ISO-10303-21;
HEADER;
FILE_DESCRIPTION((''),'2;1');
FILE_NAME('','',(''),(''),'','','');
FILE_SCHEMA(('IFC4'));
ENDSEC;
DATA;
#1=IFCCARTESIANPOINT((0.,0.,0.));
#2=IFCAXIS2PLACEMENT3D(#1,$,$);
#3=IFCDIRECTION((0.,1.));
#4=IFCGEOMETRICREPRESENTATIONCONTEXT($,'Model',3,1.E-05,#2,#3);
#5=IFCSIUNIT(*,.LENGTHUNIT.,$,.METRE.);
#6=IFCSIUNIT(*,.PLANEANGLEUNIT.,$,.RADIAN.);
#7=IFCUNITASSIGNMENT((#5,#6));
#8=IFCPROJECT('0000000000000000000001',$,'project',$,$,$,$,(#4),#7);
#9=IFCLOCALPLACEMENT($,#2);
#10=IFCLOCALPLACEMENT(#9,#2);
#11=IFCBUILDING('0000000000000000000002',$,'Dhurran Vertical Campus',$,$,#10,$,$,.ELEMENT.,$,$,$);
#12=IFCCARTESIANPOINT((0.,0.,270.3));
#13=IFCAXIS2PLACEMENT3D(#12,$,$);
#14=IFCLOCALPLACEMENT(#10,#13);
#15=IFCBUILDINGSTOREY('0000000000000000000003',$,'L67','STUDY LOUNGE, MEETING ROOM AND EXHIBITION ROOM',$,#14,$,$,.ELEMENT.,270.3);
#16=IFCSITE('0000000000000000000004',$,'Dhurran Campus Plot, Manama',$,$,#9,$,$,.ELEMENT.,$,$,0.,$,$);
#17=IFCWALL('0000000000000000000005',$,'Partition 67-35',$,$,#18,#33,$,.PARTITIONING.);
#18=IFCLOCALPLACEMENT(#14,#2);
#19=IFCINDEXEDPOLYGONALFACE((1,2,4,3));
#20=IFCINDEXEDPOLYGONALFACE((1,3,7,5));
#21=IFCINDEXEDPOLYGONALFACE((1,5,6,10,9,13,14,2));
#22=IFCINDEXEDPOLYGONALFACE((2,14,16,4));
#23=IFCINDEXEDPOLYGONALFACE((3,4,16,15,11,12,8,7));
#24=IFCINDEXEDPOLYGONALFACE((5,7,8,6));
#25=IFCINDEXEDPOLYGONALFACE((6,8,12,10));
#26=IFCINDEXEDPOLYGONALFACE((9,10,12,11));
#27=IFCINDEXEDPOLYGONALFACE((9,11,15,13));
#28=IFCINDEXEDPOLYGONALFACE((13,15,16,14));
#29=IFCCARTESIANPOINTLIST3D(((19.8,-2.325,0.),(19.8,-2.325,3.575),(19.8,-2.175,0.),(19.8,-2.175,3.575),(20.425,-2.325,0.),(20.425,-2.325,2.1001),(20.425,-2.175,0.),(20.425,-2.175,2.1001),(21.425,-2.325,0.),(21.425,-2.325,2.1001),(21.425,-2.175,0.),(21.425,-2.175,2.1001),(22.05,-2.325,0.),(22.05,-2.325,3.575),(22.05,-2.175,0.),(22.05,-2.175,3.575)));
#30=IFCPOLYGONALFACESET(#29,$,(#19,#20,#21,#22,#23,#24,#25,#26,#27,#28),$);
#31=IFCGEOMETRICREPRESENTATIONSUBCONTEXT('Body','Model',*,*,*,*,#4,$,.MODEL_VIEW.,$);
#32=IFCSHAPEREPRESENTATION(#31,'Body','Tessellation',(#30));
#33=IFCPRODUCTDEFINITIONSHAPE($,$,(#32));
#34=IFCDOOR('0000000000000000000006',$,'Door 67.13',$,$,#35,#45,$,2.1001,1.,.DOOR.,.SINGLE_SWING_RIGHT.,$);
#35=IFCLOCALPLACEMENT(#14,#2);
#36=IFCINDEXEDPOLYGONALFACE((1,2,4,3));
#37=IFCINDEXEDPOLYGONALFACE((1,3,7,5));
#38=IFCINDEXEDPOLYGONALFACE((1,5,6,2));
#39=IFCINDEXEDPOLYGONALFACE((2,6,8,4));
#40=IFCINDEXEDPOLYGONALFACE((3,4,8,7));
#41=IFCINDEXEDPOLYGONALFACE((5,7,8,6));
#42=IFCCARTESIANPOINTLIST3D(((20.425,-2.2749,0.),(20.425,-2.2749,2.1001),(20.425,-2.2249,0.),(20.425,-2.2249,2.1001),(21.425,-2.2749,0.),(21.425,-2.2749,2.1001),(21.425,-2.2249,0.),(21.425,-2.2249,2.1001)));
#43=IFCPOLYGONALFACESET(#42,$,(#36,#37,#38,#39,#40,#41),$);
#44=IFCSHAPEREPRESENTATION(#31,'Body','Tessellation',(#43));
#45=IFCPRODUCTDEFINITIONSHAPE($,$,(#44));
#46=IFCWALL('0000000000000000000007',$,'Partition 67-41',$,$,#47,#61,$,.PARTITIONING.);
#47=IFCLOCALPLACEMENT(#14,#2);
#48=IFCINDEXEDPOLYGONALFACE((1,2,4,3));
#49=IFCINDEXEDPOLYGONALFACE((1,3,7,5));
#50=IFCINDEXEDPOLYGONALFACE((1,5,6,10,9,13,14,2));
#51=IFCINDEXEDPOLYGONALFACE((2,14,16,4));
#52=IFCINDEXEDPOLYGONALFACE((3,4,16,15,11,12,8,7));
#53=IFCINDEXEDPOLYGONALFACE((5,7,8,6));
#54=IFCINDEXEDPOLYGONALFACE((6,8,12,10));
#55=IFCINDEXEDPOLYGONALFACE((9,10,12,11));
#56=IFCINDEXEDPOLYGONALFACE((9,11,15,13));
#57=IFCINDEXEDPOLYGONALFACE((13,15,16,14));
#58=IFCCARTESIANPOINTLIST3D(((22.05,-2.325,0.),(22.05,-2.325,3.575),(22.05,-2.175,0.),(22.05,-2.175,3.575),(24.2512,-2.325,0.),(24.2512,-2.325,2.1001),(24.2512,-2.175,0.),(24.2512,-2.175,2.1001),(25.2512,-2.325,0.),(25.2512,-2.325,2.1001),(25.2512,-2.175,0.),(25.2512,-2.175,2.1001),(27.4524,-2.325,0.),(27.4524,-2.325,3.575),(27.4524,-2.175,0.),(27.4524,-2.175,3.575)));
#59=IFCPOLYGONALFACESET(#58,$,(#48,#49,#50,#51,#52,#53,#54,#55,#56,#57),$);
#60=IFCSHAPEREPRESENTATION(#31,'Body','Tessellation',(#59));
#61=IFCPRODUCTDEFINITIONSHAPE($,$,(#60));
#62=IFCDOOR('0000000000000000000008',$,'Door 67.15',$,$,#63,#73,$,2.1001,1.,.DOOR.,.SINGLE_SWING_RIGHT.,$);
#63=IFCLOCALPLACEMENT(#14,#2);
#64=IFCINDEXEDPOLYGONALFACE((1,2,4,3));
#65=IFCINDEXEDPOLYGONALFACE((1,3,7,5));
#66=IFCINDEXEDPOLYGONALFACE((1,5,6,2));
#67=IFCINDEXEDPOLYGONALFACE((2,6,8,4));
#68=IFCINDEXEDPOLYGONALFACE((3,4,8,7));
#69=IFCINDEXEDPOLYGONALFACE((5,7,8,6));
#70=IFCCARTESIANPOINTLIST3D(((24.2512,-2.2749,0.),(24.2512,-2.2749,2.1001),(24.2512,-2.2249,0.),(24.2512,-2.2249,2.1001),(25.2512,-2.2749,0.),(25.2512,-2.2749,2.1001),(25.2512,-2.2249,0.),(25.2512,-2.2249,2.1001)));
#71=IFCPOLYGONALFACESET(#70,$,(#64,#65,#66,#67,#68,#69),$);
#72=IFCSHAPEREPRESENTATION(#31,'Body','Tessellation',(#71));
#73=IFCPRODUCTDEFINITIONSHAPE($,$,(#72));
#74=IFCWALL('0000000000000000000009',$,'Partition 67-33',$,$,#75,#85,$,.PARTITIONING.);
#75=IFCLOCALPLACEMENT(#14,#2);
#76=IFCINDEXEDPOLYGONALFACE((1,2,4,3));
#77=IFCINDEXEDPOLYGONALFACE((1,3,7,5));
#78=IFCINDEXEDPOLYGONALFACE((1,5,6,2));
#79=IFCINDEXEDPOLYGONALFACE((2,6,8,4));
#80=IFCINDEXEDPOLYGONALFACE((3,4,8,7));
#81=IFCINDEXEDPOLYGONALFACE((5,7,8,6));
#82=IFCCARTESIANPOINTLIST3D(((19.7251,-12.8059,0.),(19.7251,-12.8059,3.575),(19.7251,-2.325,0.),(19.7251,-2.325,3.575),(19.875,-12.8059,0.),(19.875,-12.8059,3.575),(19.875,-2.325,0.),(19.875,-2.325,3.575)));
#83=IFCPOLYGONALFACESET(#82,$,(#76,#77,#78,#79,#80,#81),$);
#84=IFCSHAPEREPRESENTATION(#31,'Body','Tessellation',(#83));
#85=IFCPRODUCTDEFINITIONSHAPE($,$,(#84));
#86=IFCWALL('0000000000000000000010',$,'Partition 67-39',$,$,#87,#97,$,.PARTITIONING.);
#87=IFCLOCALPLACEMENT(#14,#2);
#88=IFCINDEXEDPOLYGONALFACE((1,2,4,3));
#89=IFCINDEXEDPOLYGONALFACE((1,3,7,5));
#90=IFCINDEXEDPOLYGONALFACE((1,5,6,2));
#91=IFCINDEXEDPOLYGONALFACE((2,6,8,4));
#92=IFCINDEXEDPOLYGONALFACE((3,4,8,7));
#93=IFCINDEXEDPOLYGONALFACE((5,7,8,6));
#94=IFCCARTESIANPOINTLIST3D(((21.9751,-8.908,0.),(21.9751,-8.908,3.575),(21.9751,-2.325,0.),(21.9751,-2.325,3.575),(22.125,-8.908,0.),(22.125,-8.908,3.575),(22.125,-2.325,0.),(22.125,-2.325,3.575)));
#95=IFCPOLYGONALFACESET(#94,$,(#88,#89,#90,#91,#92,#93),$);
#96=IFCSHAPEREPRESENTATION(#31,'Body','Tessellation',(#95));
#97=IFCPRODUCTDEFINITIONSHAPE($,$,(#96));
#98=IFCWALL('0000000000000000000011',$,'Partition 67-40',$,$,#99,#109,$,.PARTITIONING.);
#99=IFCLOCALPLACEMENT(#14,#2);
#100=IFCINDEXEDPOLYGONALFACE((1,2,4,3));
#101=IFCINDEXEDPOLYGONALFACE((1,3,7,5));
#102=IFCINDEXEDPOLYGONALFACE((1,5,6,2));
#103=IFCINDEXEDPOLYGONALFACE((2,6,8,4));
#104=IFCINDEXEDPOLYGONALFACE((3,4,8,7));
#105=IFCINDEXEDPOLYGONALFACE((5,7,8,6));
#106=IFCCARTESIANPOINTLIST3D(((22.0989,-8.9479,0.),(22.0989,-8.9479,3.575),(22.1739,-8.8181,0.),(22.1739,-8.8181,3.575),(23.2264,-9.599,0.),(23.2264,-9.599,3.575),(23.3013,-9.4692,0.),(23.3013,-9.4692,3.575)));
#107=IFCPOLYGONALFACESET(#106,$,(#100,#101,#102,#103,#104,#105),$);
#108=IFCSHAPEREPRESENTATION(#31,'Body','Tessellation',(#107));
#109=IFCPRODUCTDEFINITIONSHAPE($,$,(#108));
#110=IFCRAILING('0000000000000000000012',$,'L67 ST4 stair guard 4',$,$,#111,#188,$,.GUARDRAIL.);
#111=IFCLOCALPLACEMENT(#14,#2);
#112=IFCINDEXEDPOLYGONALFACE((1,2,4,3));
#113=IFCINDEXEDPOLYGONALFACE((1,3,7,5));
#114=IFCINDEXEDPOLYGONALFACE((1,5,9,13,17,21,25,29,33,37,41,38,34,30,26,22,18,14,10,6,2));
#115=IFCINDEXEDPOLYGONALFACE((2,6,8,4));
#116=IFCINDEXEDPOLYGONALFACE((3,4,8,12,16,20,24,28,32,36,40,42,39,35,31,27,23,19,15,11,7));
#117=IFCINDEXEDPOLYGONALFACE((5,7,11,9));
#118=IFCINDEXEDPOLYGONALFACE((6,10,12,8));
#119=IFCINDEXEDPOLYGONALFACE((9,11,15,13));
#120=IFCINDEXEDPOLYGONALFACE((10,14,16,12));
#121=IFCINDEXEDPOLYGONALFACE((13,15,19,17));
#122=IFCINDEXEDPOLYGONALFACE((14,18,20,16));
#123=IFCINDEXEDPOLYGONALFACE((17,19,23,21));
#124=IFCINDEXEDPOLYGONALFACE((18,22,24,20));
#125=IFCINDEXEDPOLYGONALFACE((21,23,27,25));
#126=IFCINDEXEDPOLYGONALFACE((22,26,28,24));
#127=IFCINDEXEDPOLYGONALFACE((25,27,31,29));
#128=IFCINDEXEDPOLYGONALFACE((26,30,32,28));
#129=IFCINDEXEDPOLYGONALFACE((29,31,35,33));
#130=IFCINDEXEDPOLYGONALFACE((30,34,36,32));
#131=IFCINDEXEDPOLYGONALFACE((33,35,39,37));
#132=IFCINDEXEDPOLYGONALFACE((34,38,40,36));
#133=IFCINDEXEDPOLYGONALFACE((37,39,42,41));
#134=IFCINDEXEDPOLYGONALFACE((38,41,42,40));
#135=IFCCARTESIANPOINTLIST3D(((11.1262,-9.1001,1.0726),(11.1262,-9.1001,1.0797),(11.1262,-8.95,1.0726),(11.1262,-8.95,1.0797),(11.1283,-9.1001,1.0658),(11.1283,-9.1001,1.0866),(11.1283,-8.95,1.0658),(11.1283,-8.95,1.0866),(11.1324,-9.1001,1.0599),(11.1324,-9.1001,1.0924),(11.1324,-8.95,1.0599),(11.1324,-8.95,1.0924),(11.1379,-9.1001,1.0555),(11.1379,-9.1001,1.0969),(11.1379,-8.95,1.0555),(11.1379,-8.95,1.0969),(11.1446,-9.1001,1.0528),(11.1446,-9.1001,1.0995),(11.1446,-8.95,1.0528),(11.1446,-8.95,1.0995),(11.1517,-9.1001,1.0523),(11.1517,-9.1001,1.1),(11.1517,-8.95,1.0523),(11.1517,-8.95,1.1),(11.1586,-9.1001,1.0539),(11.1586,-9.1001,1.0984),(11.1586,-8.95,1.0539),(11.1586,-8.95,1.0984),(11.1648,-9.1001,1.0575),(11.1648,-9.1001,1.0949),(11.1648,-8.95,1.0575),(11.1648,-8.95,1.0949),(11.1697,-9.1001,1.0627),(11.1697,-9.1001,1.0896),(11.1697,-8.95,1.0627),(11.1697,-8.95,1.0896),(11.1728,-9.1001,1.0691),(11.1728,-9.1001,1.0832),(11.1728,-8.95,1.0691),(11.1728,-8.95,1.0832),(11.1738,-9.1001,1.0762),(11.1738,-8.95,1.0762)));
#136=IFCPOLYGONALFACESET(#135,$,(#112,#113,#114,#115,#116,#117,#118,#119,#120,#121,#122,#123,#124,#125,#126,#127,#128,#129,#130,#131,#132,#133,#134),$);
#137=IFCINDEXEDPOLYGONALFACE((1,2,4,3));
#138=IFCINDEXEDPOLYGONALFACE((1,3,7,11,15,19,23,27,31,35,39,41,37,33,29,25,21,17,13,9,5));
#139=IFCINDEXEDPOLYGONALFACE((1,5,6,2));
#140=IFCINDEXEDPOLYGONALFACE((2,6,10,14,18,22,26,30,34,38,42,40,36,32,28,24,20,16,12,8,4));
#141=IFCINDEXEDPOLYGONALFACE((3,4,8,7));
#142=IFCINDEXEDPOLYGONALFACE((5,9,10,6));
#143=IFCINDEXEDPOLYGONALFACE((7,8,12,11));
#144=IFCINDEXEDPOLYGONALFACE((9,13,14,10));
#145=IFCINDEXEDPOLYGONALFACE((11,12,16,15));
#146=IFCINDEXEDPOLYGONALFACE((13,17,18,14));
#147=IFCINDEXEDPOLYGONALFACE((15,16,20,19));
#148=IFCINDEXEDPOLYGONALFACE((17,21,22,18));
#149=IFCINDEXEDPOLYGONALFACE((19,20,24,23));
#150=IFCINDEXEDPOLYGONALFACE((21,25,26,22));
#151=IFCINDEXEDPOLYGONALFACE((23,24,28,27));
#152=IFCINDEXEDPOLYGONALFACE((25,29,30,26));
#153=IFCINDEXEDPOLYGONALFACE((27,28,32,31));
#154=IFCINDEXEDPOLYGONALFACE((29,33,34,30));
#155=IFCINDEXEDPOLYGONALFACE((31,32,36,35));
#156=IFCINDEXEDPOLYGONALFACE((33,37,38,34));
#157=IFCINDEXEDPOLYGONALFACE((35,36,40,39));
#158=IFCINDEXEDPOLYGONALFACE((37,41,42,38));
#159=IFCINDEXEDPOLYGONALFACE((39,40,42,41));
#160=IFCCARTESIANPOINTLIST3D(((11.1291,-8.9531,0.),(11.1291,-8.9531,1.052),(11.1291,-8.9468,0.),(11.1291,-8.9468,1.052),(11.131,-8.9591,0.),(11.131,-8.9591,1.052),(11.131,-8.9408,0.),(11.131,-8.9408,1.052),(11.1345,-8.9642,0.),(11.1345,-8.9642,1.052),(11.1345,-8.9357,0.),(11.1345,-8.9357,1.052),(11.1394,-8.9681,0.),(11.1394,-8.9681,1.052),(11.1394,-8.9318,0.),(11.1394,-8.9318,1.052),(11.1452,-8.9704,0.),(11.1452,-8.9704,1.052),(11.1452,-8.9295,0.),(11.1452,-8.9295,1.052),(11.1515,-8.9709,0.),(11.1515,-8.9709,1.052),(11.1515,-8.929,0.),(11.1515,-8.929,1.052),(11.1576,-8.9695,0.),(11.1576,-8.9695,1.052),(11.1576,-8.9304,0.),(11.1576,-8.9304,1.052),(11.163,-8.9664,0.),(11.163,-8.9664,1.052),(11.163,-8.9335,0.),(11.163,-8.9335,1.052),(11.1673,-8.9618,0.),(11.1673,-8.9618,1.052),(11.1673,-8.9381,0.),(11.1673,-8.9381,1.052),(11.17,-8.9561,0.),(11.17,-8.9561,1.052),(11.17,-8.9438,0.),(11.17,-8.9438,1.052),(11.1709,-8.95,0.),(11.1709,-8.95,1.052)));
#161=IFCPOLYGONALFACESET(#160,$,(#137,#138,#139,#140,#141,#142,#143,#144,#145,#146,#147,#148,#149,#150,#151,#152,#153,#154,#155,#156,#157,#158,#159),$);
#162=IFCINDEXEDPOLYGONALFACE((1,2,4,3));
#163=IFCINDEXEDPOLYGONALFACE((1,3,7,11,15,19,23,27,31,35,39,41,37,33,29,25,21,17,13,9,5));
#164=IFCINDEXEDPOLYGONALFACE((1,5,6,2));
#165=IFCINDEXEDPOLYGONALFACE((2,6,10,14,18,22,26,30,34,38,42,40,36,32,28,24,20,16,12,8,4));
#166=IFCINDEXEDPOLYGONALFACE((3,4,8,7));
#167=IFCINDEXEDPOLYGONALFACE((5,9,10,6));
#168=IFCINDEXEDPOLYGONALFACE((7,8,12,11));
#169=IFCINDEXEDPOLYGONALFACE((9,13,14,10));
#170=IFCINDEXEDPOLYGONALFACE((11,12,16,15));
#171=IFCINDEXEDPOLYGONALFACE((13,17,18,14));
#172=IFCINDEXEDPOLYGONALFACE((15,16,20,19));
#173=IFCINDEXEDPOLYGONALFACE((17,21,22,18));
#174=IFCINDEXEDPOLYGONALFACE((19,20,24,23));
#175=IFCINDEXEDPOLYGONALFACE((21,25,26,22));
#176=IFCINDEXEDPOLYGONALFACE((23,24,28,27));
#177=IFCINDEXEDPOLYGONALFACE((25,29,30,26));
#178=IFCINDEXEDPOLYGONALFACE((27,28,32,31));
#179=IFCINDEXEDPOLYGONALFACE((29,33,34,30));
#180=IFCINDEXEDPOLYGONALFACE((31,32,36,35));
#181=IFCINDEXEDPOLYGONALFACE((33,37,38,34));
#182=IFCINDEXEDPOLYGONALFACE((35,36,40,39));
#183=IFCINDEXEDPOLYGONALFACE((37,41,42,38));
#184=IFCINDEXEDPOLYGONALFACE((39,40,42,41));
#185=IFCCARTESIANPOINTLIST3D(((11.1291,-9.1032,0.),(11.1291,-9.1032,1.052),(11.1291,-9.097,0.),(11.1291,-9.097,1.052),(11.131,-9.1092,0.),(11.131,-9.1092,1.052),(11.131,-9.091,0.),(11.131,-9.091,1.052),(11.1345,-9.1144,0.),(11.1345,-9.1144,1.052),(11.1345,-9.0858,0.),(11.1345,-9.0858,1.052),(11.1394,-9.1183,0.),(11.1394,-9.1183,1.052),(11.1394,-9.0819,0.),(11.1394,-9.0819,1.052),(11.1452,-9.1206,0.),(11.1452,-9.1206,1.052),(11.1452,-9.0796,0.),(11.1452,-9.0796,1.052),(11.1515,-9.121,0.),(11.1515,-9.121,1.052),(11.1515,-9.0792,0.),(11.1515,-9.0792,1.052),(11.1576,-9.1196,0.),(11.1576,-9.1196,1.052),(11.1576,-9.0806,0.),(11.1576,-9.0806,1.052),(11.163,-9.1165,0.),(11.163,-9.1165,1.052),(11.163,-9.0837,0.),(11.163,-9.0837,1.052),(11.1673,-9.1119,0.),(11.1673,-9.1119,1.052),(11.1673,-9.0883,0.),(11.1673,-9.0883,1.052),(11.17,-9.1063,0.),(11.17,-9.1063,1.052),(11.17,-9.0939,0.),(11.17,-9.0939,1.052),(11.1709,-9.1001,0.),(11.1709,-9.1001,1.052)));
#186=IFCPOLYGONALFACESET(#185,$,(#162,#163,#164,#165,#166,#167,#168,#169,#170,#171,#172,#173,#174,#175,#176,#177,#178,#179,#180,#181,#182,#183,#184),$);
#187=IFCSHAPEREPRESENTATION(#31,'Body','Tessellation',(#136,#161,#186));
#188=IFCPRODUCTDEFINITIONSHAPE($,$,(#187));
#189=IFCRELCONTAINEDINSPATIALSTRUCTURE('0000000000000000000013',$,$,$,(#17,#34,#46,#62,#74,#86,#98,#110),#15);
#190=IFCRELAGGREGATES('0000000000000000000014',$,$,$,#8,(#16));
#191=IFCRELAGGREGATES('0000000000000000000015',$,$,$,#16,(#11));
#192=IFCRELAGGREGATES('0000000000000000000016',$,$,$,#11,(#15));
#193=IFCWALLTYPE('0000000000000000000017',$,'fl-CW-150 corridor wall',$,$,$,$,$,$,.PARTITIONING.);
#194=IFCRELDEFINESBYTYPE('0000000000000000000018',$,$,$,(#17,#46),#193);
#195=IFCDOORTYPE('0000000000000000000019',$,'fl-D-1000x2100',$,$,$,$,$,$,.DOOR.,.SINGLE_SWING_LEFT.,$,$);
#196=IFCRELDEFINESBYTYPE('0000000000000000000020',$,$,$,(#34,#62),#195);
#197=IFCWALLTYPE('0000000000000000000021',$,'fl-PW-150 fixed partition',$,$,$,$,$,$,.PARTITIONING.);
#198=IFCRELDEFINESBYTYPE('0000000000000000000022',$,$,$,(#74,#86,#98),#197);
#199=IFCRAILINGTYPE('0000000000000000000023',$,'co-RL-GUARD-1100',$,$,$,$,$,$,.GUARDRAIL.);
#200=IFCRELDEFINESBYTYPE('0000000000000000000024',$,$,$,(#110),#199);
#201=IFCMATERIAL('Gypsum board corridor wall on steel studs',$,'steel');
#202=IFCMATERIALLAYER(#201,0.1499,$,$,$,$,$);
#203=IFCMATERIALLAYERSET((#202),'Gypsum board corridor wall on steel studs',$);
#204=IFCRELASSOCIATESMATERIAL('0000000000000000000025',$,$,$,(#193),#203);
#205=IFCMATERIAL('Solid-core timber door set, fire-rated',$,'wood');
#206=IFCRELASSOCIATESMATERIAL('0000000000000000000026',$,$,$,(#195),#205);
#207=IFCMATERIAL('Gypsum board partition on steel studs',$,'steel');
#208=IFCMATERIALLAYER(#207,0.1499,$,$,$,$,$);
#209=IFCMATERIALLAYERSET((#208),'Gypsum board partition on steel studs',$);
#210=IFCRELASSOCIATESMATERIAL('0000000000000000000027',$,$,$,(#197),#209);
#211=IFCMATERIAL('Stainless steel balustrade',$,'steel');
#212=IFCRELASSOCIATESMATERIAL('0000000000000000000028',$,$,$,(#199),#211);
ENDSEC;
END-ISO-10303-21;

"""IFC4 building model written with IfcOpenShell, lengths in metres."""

from ifc_helpers import new_model, si_unit, direction, frame, frame_2d, origin, origin_2d, place, context, subcontext, project, spatial, rectangle, circle, extrude, material, layer, layer_set, type_object, element, fill, save


model = new_model("IFC4")

# Units and contexts
model_context = context("Model", 3, precision=1e-05, world=origin(), true_north=direction((0.0, 1.0)))
body_context = subcontext(model_context, "Body", "Model", "MODEL_VIEW")
ifc_project = project(units=[si_unit("LENGTHUNIT", "METRE"), si_unit("PLANEANGLEUNIT", "RADIAN")], contexts=[model_context])

# Site, building, storey
site_placement = place(None, origin())
site = spatial("IfcSite", under=ifc_project, at=site_placement, Name="Dhurran Campus Plot, Manama", CompositionType="ELEMENT", RefElevation=0.0)
building_placement = place(site_placement, origin())
building = spatial("IfcBuilding", under=site, at=building_placement, Name="Dhurran Vertical Campus", CompositionType="ELEMENT")
storey_placement = place(building_placement, frame((0.0, 0.0, 270.3)))
storey = spatial("IfcBuildingStorey", under=building, at=storey_placement, Name="L67", Description="STUDY LOUNGE, MEETING ROOM AND EXHIBITION ROOM", CompositionType="ELEMENT", Elevation=270.3)

# Shared definitions
ifc_material_1 = material(Name="Gypsum board corridor wall on steel studs", Category="steel")
ifc_layer_1 = layer(ifc_material_1, 0.1499)
ifc_layer_set_1 = layer_set([ifc_layer_1], Name="Gypsum board corridor wall on steel studs")
wall_type_1 = type_object("IfcWallType", Name="fl-CW-150 corridor wall", PredefinedType="PARTITIONING", material=ifc_layer_set_1)

# Walls, openings, doors
wall_1_placement = place(storey_placement, frame((22.05, -2.25, 0.0), z_axis=(0.0, 0.0, 1.0), x_axis=(-1.0, 0.0, 0.0)))
wall_1 = element("IfcWall", 1, at=wall_1_placement, inside=storey, type_object=wall_type_1, Name="Partition 67-35", PredefinedType="PARTITIONING", context=body_context, shape_type="SweptSolid", body=[
    extrude(rectangle(XDim=2.25, YDim=0.1499, at=frame_2d((1.125, 0.0))), origin(), (0.0, 0.0, 1.0), 3.575),
])
opening_1_placement = place(wall_1_placement, frame((0.625, 0.0, 0.0)))
opening_1 = element("IfcOpeningElement", 2, at=opening_1_placement, cuts=wall_1, PredefinedType="OPENING", context=body_context, shape_type="SweptSolid", body=[
    extrude(rectangle(XDim=1.0, YDim=2.1001, at=frame_2d((0.5, 1.05))), frame((0.0, 0.085, 0.0), z_axis=(0.0, -1.0, 0.0), x_axis=(1.0, 0.0, 0.0)), (0.0, 0.0, 1.0), 0.1699),
])
ifc_material_2 = material(Name="Solid-core timber door set, fire-rated", Category="wood")
door_type = type_object("IfcDoorType", Name="fl-D-1000x2100", OperationType="SINGLE_SWING_LEFT", PredefinedType="DOOR", material=ifc_material_2)
door_1_placement = place(opening_1_placement, origin())
door_1 = element("IfcDoor", 3, at=door_1_placement, inside=storey, type_object=door_type, Name="Door 67.13", OperationType="SINGLE_SWING_RIGHT", OverallHeight=2.1001, OverallWidth=1.0, PredefinedType="DOOR", context=body_context, shape_type="SweptSolid", body=[
    extrude(rectangle(XDim=1.0, YDim=2.1001, at=frame_2d((0.5, 1.05))), frame((0.0, 0.0249, 0.0), z_axis=(0.0, -1.0, 0.0), x_axis=(1.0, 0.0, 0.0)), (0.0, 0.0, 1.0), 0.05),
])
fill(opening_1, door_1)
wall_2_placement = place(storey_placement, frame((27.4524, -2.25, 0.0), z_axis=(0.0, 0.0, 1.0), x_axis=(-1.0, 0.0, 0.0)))
wall_2 = element("IfcWall", 4, at=wall_2_placement, inside=storey, type_object=wall_type_1, Name="Partition 67-41", PredefinedType="PARTITIONING", context=body_context, shape_type="SweptSolid", body=[
    extrude(rectangle(XDim=5.4023, YDim=0.1499, at=frame_2d((2.7012, 0.0))), origin(), (0.0, 0.0, 1.0), 3.575),
])
opening_2_placement = place(wall_2_placement, frame((2.2012, 0.0, 0.0)))
opening_2 = element("IfcOpeningElement", 5, at=opening_2_placement, cuts=wall_2, PredefinedType="OPENING", context=body_context, shape_type="SweptSolid", body=[
    extrude(rectangle(XDim=1.0, YDim=2.1001, at=frame_2d((0.5, 1.05))), frame((0.0, 0.085, 0.0), z_axis=(0.0, -1.0, 0.0), x_axis=(1.0, 0.0, 0.0)), (0.0, 0.0, 1.0), 0.1699),
])
door_2_placement = place(opening_2_placement, origin())
door_2 = element("IfcDoor", 6, at=door_2_placement, inside=storey, type_object=door_type, Name="Door 67.15", OperationType="SINGLE_SWING_RIGHT", OverallHeight=2.1001, OverallWidth=1.0, PredefinedType="DOOR", context=body_context, shape_type="SweptSolid", body=[
    extrude(rectangle(XDim=1.0, YDim=2.1001, at=frame_2d((0.5, 1.05))), frame((0.0, 0.0249, 0.0), z_axis=(0.0, -1.0, 0.0), x_axis=(1.0, 0.0, 0.0)), (0.0, 0.0, 1.0), 0.05),
])
fill(opening_2, door_2)

# Walls
ifc_material_3 = material(Name="Gypsum board partition on steel studs", Category="steel")
ifc_layer_2 = layer(ifc_material_3, 0.1499)
ifc_layer_set_2 = layer_set([ifc_layer_2], Name="Gypsum board partition on steel studs")
wall_type_2 = type_object("IfcWallType", Name="fl-PW-150 fixed partition", PredefinedType="PARTITIONING", material=ifc_layer_set_2)
wall_3_placement = place(storey_placement, frame((19.8, -2.325, 0.0), z_axis=(0.0, 0.0, 1.0), x_axis=(0.0, -1.0, 0.0)))
element("IfcWall", 7, at=wall_3_placement, inside=storey, type_object=wall_type_2, Name="Partition 67-33", PredefinedType="PARTITIONING", context=body_context, shape_type="SweptSolid", body=[
    extrude(rectangle(XDim=10.481, YDim=0.1499, at=frame_2d((5.2405, 0.0))), origin(), (0.0, 0.0, 1.0), 3.575),
])
wall_4_placement = place(storey_placement, frame((22.05, -2.325, 0.0), z_axis=(0.0, 0.0, 1.0), x_axis=(0.0, -1.0, 0.0)))
element("IfcWall", 8, at=wall_4_placement, inside=storey, type_object=wall_type_2, Name="Partition 67-39", PredefinedType="PARTITIONING", context=body_context, shape_type="SweptSolid", body=[
    extrude(rectangle(XDim=6.583, YDim=0.1499, at=frame_2d((3.2915, 0.0))), origin(), (0.0, 0.0, 1.0), 3.575),
])
wall_5_placement = place(storey_placement, frame((22.1365, -8.8831, 0.0), z_axis=(0.0, 0.0, 1.0), x_axis=(0.865961, -0.500112, 0.0)))
element("IfcWall", 9, at=wall_5_placement, inside=storey, type_object=wall_type_2, Name="Partition 67-40", PredefinedType="PARTITIONING", context=body_context, shape_type="SweptSolid", body=[
    extrude(rectangle(XDim=1.302, YDim=0.1499, at=frame_2d((0.6509, 0.0))), origin(), (0.0, 0.0, 1.0), 3.575),
])

# Railing
ifc_material_4 = material(Name="Stainless steel balustrade", Category="steel")
railing_type_1 = type_object("IfcRailingType", Name="co-RL-GUARD-1100", PredefinedType="GUARDRAIL", material=ifc_material_4)
railing_1_placement = place(storey_placement, frame((11.1499, -8.95, 0.0)))
element("IfcRailing", 10, at=railing_1_placement, inside=storey, type_object=railing_type_1, Name="L67 ST4 stair guard 4", PredefinedType="GUARDRAIL", context=body_context, shape_type="SweptSolid", body=[
    extrude(circle(Radius=0.0239, at=origin_2d()), frame((0.0, 0.0, 1.0762), z_axis=(0.0, -1.0, 0.0), x_axis=(1.0, 0.0, 0.0)), (0.0, 0.0, 1.0), 0.1501),
    extrude(circle(Radius=0.021, at=origin_2d()), origin(), (0.0, 0.0, 1.0), 1.052),
    extrude(circle(Radius=0.021, at=origin_2d()), frame((0.0, -0.1501, 0.0)), (0.0, 0.0, 1.0), 1.052),
])

save(model, "model.ifc")
